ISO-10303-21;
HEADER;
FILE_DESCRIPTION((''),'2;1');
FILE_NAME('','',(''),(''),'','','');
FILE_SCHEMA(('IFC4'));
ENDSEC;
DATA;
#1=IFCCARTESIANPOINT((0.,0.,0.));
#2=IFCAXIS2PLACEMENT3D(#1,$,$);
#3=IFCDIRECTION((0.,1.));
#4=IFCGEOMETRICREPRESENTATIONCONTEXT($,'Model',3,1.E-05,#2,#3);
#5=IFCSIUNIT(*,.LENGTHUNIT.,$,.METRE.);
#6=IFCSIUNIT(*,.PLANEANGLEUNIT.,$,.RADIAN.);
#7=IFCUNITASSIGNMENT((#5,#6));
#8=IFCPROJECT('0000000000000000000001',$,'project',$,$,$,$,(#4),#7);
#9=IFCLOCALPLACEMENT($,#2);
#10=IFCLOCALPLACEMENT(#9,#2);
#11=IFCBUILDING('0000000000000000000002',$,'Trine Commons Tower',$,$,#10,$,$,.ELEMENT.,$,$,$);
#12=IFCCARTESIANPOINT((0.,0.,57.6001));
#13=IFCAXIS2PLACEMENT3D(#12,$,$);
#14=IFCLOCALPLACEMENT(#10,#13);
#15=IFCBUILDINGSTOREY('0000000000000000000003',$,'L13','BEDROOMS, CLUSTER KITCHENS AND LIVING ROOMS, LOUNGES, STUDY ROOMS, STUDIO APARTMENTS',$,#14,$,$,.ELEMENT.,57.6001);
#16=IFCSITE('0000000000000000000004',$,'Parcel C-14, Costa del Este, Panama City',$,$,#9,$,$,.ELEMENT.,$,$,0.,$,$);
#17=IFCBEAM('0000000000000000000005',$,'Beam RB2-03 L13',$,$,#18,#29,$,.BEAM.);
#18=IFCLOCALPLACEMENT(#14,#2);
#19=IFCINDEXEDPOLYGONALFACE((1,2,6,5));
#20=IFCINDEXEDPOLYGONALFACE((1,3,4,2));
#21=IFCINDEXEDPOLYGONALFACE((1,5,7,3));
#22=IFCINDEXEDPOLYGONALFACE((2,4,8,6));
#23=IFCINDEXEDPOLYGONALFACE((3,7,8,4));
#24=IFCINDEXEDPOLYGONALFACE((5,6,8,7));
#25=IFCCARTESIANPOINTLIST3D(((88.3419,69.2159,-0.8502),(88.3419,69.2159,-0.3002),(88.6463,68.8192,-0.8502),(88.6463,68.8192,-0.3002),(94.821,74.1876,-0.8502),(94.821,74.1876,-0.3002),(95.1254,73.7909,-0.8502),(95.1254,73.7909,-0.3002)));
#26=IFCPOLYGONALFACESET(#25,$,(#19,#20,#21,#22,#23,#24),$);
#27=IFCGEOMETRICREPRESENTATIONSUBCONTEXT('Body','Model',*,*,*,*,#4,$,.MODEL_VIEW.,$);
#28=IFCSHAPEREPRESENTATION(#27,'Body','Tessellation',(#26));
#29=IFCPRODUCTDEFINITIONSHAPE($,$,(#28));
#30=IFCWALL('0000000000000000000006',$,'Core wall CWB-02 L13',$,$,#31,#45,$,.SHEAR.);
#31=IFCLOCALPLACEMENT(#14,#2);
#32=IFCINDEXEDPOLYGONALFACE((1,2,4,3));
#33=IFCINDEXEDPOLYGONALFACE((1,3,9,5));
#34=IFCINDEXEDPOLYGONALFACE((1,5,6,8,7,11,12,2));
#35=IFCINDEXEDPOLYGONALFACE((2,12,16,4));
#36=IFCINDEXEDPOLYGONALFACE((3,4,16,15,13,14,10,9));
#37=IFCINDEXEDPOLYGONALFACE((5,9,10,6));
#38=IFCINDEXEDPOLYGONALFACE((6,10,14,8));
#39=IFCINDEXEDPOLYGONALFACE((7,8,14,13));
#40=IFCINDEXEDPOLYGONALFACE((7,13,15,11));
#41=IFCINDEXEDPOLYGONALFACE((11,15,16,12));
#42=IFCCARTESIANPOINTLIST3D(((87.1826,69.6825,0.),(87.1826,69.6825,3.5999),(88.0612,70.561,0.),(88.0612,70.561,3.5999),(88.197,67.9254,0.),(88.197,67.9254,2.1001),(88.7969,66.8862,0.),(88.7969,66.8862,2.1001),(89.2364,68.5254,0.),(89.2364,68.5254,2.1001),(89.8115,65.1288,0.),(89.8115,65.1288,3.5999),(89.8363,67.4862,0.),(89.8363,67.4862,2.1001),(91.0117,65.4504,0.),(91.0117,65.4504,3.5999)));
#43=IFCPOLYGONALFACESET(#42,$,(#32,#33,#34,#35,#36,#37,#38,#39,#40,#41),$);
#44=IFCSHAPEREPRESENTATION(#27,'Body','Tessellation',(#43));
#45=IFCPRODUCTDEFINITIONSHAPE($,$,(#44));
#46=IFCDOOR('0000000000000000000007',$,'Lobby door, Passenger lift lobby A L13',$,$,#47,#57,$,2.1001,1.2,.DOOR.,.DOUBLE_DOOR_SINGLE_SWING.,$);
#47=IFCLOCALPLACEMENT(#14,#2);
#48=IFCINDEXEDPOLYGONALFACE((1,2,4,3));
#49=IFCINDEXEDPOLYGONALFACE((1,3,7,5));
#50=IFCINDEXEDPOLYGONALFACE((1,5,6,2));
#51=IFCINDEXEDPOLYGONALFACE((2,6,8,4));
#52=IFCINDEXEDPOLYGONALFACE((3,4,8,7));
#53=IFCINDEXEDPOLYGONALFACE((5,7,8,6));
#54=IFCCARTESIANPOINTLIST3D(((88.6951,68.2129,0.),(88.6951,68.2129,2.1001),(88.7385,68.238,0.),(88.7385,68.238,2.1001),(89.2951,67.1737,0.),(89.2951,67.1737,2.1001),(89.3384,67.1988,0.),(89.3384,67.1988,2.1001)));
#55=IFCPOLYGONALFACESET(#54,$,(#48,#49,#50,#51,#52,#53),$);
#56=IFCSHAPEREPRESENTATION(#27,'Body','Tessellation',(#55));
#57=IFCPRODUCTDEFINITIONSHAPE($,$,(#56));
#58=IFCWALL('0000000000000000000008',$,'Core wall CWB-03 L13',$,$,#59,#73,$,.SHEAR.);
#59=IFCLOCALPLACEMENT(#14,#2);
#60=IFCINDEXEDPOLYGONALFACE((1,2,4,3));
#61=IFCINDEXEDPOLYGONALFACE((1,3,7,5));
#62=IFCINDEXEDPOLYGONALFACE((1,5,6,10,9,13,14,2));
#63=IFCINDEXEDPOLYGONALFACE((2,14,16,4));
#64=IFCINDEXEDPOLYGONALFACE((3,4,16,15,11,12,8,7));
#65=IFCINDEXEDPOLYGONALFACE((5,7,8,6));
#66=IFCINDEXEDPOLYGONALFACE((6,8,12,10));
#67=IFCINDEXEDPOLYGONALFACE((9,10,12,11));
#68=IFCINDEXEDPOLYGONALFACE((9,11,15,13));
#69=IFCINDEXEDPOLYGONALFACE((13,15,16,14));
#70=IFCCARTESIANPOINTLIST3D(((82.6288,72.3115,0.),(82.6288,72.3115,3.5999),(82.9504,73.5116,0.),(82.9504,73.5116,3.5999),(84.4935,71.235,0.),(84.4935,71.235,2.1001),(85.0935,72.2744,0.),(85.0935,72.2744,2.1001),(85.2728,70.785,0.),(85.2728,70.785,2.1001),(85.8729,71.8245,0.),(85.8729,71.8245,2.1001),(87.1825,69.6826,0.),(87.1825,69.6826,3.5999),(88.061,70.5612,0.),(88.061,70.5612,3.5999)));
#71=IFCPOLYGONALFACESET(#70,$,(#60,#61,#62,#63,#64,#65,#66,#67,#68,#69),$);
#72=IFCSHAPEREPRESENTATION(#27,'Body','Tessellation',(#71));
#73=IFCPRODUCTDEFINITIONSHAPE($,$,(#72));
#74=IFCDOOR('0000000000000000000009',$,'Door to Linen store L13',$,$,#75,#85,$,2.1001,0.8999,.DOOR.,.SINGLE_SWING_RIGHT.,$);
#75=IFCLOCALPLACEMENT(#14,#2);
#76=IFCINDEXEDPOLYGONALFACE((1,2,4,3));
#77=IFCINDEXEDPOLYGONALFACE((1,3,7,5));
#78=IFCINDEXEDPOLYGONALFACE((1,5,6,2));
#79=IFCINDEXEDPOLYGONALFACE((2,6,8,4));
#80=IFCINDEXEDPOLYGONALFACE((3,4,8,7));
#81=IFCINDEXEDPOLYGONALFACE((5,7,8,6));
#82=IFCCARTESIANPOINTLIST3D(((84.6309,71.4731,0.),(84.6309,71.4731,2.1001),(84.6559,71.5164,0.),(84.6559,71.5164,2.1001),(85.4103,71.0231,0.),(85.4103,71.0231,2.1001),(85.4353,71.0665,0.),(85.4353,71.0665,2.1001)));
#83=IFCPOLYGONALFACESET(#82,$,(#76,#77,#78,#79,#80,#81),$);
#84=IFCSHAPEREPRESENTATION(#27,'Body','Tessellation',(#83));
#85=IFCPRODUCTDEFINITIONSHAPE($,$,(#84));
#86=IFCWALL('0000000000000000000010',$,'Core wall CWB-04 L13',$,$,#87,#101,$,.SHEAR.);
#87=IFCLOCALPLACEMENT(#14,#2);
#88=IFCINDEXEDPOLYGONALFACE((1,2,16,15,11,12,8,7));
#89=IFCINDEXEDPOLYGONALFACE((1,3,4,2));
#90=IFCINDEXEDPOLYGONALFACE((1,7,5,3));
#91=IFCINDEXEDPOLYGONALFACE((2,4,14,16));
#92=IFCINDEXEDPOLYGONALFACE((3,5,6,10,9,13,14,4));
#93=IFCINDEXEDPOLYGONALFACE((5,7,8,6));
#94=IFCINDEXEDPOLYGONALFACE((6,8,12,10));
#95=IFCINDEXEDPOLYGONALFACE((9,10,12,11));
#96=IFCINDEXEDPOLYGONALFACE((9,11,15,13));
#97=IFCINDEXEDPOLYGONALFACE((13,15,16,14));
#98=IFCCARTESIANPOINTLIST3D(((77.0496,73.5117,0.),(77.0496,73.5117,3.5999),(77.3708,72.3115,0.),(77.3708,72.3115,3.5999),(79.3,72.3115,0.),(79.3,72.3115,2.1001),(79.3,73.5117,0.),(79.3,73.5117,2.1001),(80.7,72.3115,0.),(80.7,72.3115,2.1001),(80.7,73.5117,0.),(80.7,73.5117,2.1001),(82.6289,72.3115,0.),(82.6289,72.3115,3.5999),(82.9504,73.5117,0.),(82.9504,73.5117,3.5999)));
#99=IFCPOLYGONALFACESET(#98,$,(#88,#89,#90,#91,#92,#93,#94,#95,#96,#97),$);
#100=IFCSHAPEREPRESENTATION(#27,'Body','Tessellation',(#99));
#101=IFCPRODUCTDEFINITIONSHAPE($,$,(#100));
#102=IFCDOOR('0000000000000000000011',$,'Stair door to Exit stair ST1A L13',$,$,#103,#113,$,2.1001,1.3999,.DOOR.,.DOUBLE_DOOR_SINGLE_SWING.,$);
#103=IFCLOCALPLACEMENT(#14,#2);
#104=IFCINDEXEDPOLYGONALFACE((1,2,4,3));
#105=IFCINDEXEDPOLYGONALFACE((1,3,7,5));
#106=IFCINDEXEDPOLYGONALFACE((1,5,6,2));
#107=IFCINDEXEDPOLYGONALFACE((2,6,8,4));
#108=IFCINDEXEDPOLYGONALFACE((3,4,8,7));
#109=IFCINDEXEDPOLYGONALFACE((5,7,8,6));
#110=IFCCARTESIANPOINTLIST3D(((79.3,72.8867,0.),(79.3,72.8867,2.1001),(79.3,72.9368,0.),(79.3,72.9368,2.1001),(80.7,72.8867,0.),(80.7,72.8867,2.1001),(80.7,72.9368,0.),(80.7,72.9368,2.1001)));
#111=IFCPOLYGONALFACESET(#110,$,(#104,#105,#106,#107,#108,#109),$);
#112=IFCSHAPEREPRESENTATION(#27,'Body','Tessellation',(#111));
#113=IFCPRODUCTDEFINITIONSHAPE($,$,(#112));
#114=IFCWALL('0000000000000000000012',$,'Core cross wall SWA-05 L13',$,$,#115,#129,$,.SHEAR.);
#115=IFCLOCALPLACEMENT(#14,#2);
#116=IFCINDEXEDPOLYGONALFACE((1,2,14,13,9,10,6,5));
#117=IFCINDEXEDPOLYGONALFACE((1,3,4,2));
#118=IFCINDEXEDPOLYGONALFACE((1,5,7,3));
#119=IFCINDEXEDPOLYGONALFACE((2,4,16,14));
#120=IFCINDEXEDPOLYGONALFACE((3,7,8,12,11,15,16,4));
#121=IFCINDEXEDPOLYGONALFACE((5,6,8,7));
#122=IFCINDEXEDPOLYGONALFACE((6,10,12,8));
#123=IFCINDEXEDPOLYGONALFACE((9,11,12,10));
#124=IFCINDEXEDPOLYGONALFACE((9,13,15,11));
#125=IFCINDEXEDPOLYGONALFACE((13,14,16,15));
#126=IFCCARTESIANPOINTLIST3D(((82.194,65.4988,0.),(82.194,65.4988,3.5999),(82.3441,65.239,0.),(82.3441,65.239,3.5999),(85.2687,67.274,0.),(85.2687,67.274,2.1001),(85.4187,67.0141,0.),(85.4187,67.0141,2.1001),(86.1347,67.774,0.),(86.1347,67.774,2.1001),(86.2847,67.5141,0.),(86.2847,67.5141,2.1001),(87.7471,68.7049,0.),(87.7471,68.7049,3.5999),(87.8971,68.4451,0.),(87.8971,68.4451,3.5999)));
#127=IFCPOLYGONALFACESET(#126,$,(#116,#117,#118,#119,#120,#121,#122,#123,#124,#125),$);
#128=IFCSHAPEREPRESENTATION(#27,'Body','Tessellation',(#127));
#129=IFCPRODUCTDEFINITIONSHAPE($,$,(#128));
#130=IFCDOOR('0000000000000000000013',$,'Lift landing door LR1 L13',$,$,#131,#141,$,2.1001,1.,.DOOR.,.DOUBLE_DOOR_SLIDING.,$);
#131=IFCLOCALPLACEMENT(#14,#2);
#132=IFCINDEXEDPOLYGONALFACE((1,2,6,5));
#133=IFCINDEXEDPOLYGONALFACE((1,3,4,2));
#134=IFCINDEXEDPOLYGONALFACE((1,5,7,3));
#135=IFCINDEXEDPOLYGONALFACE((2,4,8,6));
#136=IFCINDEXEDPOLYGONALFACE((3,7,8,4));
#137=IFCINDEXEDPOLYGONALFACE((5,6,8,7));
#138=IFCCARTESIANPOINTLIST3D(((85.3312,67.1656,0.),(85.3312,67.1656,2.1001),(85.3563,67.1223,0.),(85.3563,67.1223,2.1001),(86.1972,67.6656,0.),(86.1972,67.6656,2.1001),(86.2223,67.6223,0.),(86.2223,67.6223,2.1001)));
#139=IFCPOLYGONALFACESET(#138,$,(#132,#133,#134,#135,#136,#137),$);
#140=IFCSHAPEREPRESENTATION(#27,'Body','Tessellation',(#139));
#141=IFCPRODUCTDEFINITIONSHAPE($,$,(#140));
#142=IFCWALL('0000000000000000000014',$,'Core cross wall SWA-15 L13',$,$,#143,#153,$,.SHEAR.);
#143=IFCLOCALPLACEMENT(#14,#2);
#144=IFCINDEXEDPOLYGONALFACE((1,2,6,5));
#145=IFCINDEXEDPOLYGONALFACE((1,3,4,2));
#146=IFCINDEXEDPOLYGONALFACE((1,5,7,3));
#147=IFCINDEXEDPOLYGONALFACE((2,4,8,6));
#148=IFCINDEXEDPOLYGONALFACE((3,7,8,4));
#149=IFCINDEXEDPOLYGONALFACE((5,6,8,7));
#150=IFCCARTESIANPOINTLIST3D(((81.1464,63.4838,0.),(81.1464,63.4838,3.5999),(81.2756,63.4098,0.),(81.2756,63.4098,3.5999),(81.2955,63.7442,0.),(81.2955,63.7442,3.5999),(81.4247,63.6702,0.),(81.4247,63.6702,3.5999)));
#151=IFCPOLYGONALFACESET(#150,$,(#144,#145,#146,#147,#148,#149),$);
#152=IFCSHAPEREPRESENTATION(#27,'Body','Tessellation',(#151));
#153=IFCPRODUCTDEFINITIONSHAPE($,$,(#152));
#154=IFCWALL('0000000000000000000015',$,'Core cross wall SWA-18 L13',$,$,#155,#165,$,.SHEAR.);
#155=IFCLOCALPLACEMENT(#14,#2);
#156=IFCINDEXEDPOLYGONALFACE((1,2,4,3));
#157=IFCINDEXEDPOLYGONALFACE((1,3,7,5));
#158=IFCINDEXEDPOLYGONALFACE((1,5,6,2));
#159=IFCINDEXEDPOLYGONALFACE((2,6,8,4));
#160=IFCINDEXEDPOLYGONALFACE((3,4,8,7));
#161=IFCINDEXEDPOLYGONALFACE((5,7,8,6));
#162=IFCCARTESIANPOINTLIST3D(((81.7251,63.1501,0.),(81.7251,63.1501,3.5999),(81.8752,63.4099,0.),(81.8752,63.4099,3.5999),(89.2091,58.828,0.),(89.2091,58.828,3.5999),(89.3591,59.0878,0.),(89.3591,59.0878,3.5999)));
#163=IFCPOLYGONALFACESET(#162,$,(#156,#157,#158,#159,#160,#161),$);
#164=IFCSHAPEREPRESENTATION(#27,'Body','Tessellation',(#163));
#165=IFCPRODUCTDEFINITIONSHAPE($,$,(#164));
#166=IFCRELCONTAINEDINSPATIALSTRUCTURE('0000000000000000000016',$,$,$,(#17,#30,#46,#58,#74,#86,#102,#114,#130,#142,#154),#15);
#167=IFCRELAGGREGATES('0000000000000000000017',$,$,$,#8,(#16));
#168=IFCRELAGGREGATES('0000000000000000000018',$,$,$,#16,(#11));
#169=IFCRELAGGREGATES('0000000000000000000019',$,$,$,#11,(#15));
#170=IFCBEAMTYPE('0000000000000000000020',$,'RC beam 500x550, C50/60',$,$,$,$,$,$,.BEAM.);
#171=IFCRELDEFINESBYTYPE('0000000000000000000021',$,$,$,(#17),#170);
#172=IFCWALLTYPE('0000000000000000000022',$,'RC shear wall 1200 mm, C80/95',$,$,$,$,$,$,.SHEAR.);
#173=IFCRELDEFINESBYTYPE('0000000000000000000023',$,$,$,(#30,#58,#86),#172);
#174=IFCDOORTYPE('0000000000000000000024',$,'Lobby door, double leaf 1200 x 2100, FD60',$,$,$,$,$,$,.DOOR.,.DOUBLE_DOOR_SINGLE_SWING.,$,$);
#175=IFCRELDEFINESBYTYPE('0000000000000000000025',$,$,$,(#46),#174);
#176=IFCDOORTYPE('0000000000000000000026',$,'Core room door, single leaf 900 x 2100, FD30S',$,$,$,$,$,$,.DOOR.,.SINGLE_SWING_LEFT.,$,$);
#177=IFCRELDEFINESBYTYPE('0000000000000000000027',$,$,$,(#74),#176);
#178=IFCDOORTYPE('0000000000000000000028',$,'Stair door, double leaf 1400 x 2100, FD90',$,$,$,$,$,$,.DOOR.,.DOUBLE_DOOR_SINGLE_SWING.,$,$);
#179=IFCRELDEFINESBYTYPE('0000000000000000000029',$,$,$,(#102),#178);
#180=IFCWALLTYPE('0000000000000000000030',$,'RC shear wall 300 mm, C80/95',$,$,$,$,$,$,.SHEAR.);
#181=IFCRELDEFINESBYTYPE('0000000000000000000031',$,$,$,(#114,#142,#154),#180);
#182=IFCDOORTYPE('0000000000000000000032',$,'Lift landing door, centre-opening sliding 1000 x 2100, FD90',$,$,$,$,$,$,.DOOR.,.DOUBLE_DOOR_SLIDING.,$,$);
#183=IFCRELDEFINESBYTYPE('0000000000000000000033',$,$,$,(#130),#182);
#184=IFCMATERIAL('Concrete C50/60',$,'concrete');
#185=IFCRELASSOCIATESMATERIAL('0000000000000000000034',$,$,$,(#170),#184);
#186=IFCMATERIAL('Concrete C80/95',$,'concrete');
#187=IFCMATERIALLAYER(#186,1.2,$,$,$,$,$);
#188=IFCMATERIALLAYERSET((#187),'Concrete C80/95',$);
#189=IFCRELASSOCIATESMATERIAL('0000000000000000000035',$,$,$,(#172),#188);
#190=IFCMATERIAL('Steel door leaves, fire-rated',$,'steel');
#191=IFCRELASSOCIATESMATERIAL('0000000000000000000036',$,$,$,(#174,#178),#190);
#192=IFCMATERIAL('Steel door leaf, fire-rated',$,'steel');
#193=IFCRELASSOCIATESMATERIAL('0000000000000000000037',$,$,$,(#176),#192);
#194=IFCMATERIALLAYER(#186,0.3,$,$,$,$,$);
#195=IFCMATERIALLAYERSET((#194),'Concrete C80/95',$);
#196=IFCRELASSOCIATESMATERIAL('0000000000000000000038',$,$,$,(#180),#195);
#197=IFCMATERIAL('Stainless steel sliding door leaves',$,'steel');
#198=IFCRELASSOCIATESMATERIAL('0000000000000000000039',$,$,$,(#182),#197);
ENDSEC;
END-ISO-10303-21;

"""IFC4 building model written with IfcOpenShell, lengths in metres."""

from ifc_helpers import new_model, si_unit, direction, frame, frame_2d, origin, origin_2d, place, context, subcontext, project, spatial, polyline, rectangle, outline, extrude, material, layer, layer_set, material_profile, profile_set, type_object, element, fill, save


model = new_model("IFC4")

# Units and contexts
model_context = context("Model", 3, precision=1e-05, world=origin(), true_north=direction((0.0, 1.0)))
body_context = subcontext(model_context, "Body", "Model", "MODEL_VIEW")
ifc_project = project(units=[si_unit("LENGTHUNIT", "METRE"), si_unit("PLANEANGLEUNIT", "RADIAN")], contexts=[model_context])

# Site, building, storey
site_placement = place(None, origin())
site = spatial("IfcSite", under=ifc_project, at=site_placement, Name="Parcel C-14, Costa del Este, Panama City", CompositionType="ELEMENT", RefElevation=0.0)
building_placement = place(site_placement, origin())
building = spatial("IfcBuilding", under=site, at=building_placement, Name="Trine Commons Tower", CompositionType="ELEMENT")
storey_placement = place(building_placement, frame((0.0, 0.0, 57.6001)))
storey = spatial("IfcBuildingStorey", under=building, at=storey_placement, Name="L13", Description="BEDROOMS, CLUSTER KITCHENS AND LIVING ROOMS, LOUNGES, STUDY ROOMS, STUDIO APARTMENTS", CompositionType="ELEMENT", Elevation=57.6001)

# Beam
ifc_material_1 = material(Name="Concrete C50/60", Category="concrete")
ifc_material_profile = material_profile(ifc_material_1, rectangle(XDim=0.5, YDim=0.55, at=origin_2d()), Name="RC 500x550")
ifc_profile_set = profile_set([ifc_material_profile], Name="Concrete C50/60")
beam_type = type_object("IfcBeamType", Name="RC beam 500x550, C50/60", PredefinedType="BEAM", material=ifc_profile_set)
beam_placement = place(storey_placement, frame((88.4941, 69.0176, -0.5752), z_axis=(0.793344, 0.608774, 0.0), x_axis=(-0.608774, 0.793344, 0.0)))
element("IfcBeam", 1, at=beam_placement, inside=storey, type_object=beam_type, Name="Beam RB2-03 L13", PredefinedType="BEAM", context=body_context, shape_type="SweptSolid", body=[
    extrude(rectangle(XDim=0.5, YDim=0.55, at=origin_2d()), origin(), (0.0, 0.0, 1.0), 8.1667),
])

# Walls, openings, doors
ifc_material_2 = material(Name="Concrete C80/95", Category="concrete")
ifc_layer_1 = layer(ifc_material_2, 1.2)
ifc_layer_set_1 = layer_set([ifc_layer_1], Name="Concrete C80/95")
wall_type_1 = type_object("IfcWallType", Name="RC shear wall 1200 mm, C80/95", PredefinedType="SHEAR", material=ifc_layer_set_1)
wall_1_placement = place(storey_placement, frame((90.4919, 65.1504, 0.0), z_axis=(0.0, 0.0, 1.0), x_axis=(-0.499979, 0.866037, 0.0)))
wall_1 = element("IfcWall", 2, at=wall_1_placement, inside=storey, type_object=wall_type_1, Name="Core wall CWB-02 L13", PredefinedType="SHEAR", context=body_context, shape_type="SweptSolid", body=[
    extrude(outline(polyline([(0.0, -0.6001), (5.9011, -0.6001), (5.5796, 0.6001), (0.3215, 0.6001), (0.0, -0.6001)])), origin(), (0.0, 0.0, 1.0), 3.5999),
])
opening_1_placement = place(wall_1_placement, frame((2.3506, 0.0, 0.0)))
opening_1 = element("IfcOpeningElement", 3, at=opening_1_placement, cuts=wall_1, PredefinedType="OPENING", context=body_context, shape_type="SweptSolid", body=[
    extrude(rectangle(XDim=1.2, YDim=2.1001, at=frame_2d((0.6001, 1.05))), frame((0.0, 0.6099, 0.0), z_axis=(0.0, -1.0, 0.0), x_axis=(1.0, 0.0, 0.0)), (0.0, 0.0, 1.0), 1.22),
])
ifc_material_3 = material(Name="Steel door leaves, fire-rated", Category="steel")
door_type_1 = type_object("IfcDoorType", Name="Lobby door, double leaf 1200 x 2100, FD60", OperationType="DOUBLE_DOOR_SINGLE_SWING", PredefinedType="DOOR", material=ifc_material_3)
door_1_placement = place(opening_1_placement, origin())
door_1 = element("IfcDoor", 4, at=door_1_placement, inside=storey, type_object=door_type_1, Name="Lobby door, Passenger lift lobby A L13", OperationType="DOUBLE_DOOR_SINGLE_SWING", OverallHeight=2.1001, OverallWidth=1.2, PredefinedType="DOOR", context=body_context, shape_type="SweptSolid", body=[
    extrude(rectangle(XDim=1.2, YDim=2.1001, at=frame_2d((0.6001, 1.05))), frame((0.0, 0.0249, 0.0), z_axis=(0.0, -1.0, 0.0), x_axis=(1.0, 0.0, 0.0)), (0.0, 0.0, 1.0), 0.05),
])
fill(opening_1, door_1)
wall_2_placement = place(storey_placement, frame((87.761, 70.0415, 0.0), z_axis=(0.0, 0.0, 1.0), x_axis=(-0.866037, 0.499979, 0.0)))
wall_2 = element("IfcWall", 5, at=wall_2_placement, inside=storey, type_object=wall_type_1, Name="Core wall CWB-03 L13", PredefinedType="SHEAR", context=body_context, shape_type="SweptSolid", body=[
    extrude(outline(polyline([(0.0, -0.6001), (5.9011, -0.6001), (5.5796, 0.6001), (0.3215, 0.6001), (0.0, -0.6001)])), origin(), (0.0, 0.0, 1.0), 3.5999),
])
opening_2_placement = place(wall_2_placement, frame((2.5266, 0.0, 0.0)))
opening_2 = element("IfcOpeningElement", 6, at=opening_2_placement, cuts=wall_2, PredefinedType="OPENING", context=body_context, shape_type="SweptSolid", body=[
    extrude(rectangle(XDim=0.8999, YDim=2.1001, at=frame_2d((0.45, 1.05))), frame((0.0, 0.6099, 0.0), z_axis=(0.0, -1.0, 0.0), x_axis=(1.0, 0.0, 0.0)), (0.0, 0.0, 1.0), 1.22),
])
ifc_material_4 = material(Name="Steel door leaf, fire-rated", Category="steel")
door_type_2 = type_object("IfcDoorType", Name="Core room door, single leaf 900 x 2100, FD30S", OperationType="SINGLE_SWING_LEFT", PredefinedType="DOOR", material=ifc_material_4)
door_2_placement = place(opening_2_placement, origin())
door_2 = element("IfcDoor", 7, at=door_2_placement, inside=storey, type_object=door_type_2, Name="Door to Linen store L13", OperationType="SINGLE_SWING_RIGHT", OverallHeight=2.1001, OverallWidth=0.8999, PredefinedType="DOOR", context=body_context, shape_type="SweptSolid", body=[
    extrude(rectangle(XDim=0.8999, YDim=2.1001, at=frame_2d((0.45, 1.05))), frame((0.0, 0.3252, 0.0), z_axis=(0.0, -1.0, 0.0), x_axis=(1.0, 0.0, 0.0)), (0.0, 0.0, 1.0), 0.05),
])
fill(opening_2, door_2)
wall_3_placement = place(storey_placement, frame((82.9504, 72.9116, 0.0), z_axis=(0.0, 0.0, 1.0), x_axis=(-1.0, 0.0, 0.0)))
wall_3 = element("IfcWall", 8, at=wall_3_placement, inside=storey, type_object=wall_type_1, Name="Core wall CWB-04 L13", PredefinedType="SHEAR", context=body_context, shape_type="SweptSolid", body=[
    extrude(outline(polyline([(0.0, -0.6001), (5.9009, -0.6001), (5.5796, 0.6001), (0.3215, 0.6001), (0.0, -0.6001)])), origin(), (0.0, 0.0, 1.0), 3.5999),
])
opening_3_placement = place(wall_3_placement, frame((2.2505, 0.0, 0.0)))
opening_3 = element("IfcOpeningElement", 9, at=opening_3_placement, cuts=wall_3, PredefinedType="OPENING", context=body_context, shape_type="SweptSolid", body=[
    extrude(rectangle(XDim=1.3999, YDim=2.1001, at=frame_2d((0.7, 1.05))), frame((0.0, 0.6099, 0.0), z_axis=(0.0, -1.0, 0.0), x_axis=(1.0, 0.0, 0.0)), (0.0, 0.0, 1.0), 1.22),
])
door_type_3 = type_object("IfcDoorType", Name="Stair door, double leaf 1400 x 2100, FD90", OperationType="DOUBLE_DOOR_SINGLE_SWING", PredefinedType="DOOR", material=ifc_material_3)
door_3_placement = place(opening_3_placement, origin())
door_3 = element("IfcDoor", 10, at=door_3_placement, inside=storey, type_object=door_type_3, Name="Stair door to Exit stair ST1A L13", OperationType="DOUBLE_DOOR_SINGLE_SWING", OverallHeight=2.1001, OverallWidth=1.3999, PredefinedType="DOOR", context=body_context, shape_type="SweptSolid", body=[
    extrude(rectangle(XDim=1.3999, YDim=2.1001, at=frame_2d((0.7, 1.05))), frame((0.0, 0.0249, 0.0), z_axis=(0.0, -1.0, 0.0), x_axis=(1.0, 0.0, 0.0)), (0.0, 0.0, 1.0), 0.05),
])
fill(opening_3, door_3)
ifc_layer_2 = layer(ifc_material_2, 0.3)
ifc_layer_set_2 = layer_set([ifc_layer_2], Name="Concrete C80/95")
wall_type_2 = type_object("IfcWallType", Name="RC shear wall 300 mm, C80/95", PredefinedType="SHEAR", material=ifc_layer_set_2)
wall_4_placement = place(storey_placement, frame((82.269, 65.3689, 0.0), z_axis=(0.0, 0.0, 1.0), x_axis=(0.866023, 0.500005, 0.0)))
wall_4 = element("IfcWall", 11, at=wall_4_placement, inside=storey, type_object=wall_type_2, Name="Core cross wall SWA-05 L13", PredefinedType="SHEAR", context=body_context, shape_type="SweptSolid", body=[
    extrude(rectangle(XDim=6.4121, YDim=0.3, at=frame_2d((3.2061, 0.0))), origin(), (0.0, 0.0, 1.0), 3.5999),
])
opening_4_placement = place(wall_4_placement, frame((3.5503, 0.0, 0.0)))
opening_4 = element("IfcOpeningElement", 12, at=opening_4_placement, cuts=wall_4, PredefinedType="OPENING", context=body_context, shape_type="SweptSolid", body=[
    extrude(rectangle(XDim=1.0, YDim=2.1001, at=frame_2d((0.5, 1.05))), frame((0.0, 0.1599, 0.0), z_axis=(0.0, -1.0, 0.0), x_axis=(1.0, 0.0, 0.0)), (0.0, 0.0, 1.0), 0.3201),
])
ifc_material_5 = material(Name="Stainless steel sliding door leaves", Category="steel")
door_type_4 = type_object("IfcDoorType", Name="Lift landing door, centre-opening sliding 1000 x 2100, FD90", OperationType="DOUBLE_DOOR_SLIDING", PredefinedType="DOOR", material=ifc_material_5)
door_4_placement = place(opening_4_placement, origin())
door_4 = element("IfcDoor", 13, at=door_4_placement, inside=storey, type_object=door_type_4, Name="Lift landing door LR1 L13", OperationType="DOUBLE_DOOR_SLIDING", OverallHeight=2.1001, OverallWidth=1.0, PredefinedType="DOOR", context=body_context, shape_type="SweptSolid", body=[
    extrude(rectangle(XDim=1.0, YDim=2.1001, at=frame_2d((0.5, 1.05))), frame((0.0, 0.0249, 0.0), z_axis=(0.0, -1.0, 0.0), x_axis=(1.0, 0.0, 0.0)), (0.0, 0.0, 1.0), 0.05),
])
fill(opening_4, door_4)

# Walls
wall_5_placement = place(storey_placement, frame((81.2209, 63.614, 0.0), z_axis=(0.0, 0.0, 1.0), x_axis=(0.867738, -0.497022, 0.0)))
element("IfcWall", 14, at=wall_5_placement, inside=storey, type_object=wall_type_2, Name="Core cross wall SWA-15 L13", PredefinedType="SHEAR", context=body_context, shape_type="SweptSolid", body=[
    extrude(rectangle(XDim=0.1489, YDim=0.3, at=frame_2d((0.0745, 0.0))), origin(), (0.0, 0.0, 1.0), 3.5999),
])
wall_6_placement = place(storey_placement, frame((81.8, 63.28, 0.0), z_axis=(0.0, 0.0, 1.0), x_axis=(0.865965, -0.500104, 0.0)))
element("IfcWall", 15, at=wall_6_placement, inside=storey, type_object=wall_type_2, Name="Core cross wall SWA-18 L13", PredefinedType="SHEAR", context=body_context, shape_type="SweptSolid", body=[
    extrude(rectangle(XDim=8.6423, YDim=0.3, at=frame_2d((4.3213, 0.0))), origin(), (0.0, 0.0, 1.0), 3.5999),
])

save(model, "model.ifc")
